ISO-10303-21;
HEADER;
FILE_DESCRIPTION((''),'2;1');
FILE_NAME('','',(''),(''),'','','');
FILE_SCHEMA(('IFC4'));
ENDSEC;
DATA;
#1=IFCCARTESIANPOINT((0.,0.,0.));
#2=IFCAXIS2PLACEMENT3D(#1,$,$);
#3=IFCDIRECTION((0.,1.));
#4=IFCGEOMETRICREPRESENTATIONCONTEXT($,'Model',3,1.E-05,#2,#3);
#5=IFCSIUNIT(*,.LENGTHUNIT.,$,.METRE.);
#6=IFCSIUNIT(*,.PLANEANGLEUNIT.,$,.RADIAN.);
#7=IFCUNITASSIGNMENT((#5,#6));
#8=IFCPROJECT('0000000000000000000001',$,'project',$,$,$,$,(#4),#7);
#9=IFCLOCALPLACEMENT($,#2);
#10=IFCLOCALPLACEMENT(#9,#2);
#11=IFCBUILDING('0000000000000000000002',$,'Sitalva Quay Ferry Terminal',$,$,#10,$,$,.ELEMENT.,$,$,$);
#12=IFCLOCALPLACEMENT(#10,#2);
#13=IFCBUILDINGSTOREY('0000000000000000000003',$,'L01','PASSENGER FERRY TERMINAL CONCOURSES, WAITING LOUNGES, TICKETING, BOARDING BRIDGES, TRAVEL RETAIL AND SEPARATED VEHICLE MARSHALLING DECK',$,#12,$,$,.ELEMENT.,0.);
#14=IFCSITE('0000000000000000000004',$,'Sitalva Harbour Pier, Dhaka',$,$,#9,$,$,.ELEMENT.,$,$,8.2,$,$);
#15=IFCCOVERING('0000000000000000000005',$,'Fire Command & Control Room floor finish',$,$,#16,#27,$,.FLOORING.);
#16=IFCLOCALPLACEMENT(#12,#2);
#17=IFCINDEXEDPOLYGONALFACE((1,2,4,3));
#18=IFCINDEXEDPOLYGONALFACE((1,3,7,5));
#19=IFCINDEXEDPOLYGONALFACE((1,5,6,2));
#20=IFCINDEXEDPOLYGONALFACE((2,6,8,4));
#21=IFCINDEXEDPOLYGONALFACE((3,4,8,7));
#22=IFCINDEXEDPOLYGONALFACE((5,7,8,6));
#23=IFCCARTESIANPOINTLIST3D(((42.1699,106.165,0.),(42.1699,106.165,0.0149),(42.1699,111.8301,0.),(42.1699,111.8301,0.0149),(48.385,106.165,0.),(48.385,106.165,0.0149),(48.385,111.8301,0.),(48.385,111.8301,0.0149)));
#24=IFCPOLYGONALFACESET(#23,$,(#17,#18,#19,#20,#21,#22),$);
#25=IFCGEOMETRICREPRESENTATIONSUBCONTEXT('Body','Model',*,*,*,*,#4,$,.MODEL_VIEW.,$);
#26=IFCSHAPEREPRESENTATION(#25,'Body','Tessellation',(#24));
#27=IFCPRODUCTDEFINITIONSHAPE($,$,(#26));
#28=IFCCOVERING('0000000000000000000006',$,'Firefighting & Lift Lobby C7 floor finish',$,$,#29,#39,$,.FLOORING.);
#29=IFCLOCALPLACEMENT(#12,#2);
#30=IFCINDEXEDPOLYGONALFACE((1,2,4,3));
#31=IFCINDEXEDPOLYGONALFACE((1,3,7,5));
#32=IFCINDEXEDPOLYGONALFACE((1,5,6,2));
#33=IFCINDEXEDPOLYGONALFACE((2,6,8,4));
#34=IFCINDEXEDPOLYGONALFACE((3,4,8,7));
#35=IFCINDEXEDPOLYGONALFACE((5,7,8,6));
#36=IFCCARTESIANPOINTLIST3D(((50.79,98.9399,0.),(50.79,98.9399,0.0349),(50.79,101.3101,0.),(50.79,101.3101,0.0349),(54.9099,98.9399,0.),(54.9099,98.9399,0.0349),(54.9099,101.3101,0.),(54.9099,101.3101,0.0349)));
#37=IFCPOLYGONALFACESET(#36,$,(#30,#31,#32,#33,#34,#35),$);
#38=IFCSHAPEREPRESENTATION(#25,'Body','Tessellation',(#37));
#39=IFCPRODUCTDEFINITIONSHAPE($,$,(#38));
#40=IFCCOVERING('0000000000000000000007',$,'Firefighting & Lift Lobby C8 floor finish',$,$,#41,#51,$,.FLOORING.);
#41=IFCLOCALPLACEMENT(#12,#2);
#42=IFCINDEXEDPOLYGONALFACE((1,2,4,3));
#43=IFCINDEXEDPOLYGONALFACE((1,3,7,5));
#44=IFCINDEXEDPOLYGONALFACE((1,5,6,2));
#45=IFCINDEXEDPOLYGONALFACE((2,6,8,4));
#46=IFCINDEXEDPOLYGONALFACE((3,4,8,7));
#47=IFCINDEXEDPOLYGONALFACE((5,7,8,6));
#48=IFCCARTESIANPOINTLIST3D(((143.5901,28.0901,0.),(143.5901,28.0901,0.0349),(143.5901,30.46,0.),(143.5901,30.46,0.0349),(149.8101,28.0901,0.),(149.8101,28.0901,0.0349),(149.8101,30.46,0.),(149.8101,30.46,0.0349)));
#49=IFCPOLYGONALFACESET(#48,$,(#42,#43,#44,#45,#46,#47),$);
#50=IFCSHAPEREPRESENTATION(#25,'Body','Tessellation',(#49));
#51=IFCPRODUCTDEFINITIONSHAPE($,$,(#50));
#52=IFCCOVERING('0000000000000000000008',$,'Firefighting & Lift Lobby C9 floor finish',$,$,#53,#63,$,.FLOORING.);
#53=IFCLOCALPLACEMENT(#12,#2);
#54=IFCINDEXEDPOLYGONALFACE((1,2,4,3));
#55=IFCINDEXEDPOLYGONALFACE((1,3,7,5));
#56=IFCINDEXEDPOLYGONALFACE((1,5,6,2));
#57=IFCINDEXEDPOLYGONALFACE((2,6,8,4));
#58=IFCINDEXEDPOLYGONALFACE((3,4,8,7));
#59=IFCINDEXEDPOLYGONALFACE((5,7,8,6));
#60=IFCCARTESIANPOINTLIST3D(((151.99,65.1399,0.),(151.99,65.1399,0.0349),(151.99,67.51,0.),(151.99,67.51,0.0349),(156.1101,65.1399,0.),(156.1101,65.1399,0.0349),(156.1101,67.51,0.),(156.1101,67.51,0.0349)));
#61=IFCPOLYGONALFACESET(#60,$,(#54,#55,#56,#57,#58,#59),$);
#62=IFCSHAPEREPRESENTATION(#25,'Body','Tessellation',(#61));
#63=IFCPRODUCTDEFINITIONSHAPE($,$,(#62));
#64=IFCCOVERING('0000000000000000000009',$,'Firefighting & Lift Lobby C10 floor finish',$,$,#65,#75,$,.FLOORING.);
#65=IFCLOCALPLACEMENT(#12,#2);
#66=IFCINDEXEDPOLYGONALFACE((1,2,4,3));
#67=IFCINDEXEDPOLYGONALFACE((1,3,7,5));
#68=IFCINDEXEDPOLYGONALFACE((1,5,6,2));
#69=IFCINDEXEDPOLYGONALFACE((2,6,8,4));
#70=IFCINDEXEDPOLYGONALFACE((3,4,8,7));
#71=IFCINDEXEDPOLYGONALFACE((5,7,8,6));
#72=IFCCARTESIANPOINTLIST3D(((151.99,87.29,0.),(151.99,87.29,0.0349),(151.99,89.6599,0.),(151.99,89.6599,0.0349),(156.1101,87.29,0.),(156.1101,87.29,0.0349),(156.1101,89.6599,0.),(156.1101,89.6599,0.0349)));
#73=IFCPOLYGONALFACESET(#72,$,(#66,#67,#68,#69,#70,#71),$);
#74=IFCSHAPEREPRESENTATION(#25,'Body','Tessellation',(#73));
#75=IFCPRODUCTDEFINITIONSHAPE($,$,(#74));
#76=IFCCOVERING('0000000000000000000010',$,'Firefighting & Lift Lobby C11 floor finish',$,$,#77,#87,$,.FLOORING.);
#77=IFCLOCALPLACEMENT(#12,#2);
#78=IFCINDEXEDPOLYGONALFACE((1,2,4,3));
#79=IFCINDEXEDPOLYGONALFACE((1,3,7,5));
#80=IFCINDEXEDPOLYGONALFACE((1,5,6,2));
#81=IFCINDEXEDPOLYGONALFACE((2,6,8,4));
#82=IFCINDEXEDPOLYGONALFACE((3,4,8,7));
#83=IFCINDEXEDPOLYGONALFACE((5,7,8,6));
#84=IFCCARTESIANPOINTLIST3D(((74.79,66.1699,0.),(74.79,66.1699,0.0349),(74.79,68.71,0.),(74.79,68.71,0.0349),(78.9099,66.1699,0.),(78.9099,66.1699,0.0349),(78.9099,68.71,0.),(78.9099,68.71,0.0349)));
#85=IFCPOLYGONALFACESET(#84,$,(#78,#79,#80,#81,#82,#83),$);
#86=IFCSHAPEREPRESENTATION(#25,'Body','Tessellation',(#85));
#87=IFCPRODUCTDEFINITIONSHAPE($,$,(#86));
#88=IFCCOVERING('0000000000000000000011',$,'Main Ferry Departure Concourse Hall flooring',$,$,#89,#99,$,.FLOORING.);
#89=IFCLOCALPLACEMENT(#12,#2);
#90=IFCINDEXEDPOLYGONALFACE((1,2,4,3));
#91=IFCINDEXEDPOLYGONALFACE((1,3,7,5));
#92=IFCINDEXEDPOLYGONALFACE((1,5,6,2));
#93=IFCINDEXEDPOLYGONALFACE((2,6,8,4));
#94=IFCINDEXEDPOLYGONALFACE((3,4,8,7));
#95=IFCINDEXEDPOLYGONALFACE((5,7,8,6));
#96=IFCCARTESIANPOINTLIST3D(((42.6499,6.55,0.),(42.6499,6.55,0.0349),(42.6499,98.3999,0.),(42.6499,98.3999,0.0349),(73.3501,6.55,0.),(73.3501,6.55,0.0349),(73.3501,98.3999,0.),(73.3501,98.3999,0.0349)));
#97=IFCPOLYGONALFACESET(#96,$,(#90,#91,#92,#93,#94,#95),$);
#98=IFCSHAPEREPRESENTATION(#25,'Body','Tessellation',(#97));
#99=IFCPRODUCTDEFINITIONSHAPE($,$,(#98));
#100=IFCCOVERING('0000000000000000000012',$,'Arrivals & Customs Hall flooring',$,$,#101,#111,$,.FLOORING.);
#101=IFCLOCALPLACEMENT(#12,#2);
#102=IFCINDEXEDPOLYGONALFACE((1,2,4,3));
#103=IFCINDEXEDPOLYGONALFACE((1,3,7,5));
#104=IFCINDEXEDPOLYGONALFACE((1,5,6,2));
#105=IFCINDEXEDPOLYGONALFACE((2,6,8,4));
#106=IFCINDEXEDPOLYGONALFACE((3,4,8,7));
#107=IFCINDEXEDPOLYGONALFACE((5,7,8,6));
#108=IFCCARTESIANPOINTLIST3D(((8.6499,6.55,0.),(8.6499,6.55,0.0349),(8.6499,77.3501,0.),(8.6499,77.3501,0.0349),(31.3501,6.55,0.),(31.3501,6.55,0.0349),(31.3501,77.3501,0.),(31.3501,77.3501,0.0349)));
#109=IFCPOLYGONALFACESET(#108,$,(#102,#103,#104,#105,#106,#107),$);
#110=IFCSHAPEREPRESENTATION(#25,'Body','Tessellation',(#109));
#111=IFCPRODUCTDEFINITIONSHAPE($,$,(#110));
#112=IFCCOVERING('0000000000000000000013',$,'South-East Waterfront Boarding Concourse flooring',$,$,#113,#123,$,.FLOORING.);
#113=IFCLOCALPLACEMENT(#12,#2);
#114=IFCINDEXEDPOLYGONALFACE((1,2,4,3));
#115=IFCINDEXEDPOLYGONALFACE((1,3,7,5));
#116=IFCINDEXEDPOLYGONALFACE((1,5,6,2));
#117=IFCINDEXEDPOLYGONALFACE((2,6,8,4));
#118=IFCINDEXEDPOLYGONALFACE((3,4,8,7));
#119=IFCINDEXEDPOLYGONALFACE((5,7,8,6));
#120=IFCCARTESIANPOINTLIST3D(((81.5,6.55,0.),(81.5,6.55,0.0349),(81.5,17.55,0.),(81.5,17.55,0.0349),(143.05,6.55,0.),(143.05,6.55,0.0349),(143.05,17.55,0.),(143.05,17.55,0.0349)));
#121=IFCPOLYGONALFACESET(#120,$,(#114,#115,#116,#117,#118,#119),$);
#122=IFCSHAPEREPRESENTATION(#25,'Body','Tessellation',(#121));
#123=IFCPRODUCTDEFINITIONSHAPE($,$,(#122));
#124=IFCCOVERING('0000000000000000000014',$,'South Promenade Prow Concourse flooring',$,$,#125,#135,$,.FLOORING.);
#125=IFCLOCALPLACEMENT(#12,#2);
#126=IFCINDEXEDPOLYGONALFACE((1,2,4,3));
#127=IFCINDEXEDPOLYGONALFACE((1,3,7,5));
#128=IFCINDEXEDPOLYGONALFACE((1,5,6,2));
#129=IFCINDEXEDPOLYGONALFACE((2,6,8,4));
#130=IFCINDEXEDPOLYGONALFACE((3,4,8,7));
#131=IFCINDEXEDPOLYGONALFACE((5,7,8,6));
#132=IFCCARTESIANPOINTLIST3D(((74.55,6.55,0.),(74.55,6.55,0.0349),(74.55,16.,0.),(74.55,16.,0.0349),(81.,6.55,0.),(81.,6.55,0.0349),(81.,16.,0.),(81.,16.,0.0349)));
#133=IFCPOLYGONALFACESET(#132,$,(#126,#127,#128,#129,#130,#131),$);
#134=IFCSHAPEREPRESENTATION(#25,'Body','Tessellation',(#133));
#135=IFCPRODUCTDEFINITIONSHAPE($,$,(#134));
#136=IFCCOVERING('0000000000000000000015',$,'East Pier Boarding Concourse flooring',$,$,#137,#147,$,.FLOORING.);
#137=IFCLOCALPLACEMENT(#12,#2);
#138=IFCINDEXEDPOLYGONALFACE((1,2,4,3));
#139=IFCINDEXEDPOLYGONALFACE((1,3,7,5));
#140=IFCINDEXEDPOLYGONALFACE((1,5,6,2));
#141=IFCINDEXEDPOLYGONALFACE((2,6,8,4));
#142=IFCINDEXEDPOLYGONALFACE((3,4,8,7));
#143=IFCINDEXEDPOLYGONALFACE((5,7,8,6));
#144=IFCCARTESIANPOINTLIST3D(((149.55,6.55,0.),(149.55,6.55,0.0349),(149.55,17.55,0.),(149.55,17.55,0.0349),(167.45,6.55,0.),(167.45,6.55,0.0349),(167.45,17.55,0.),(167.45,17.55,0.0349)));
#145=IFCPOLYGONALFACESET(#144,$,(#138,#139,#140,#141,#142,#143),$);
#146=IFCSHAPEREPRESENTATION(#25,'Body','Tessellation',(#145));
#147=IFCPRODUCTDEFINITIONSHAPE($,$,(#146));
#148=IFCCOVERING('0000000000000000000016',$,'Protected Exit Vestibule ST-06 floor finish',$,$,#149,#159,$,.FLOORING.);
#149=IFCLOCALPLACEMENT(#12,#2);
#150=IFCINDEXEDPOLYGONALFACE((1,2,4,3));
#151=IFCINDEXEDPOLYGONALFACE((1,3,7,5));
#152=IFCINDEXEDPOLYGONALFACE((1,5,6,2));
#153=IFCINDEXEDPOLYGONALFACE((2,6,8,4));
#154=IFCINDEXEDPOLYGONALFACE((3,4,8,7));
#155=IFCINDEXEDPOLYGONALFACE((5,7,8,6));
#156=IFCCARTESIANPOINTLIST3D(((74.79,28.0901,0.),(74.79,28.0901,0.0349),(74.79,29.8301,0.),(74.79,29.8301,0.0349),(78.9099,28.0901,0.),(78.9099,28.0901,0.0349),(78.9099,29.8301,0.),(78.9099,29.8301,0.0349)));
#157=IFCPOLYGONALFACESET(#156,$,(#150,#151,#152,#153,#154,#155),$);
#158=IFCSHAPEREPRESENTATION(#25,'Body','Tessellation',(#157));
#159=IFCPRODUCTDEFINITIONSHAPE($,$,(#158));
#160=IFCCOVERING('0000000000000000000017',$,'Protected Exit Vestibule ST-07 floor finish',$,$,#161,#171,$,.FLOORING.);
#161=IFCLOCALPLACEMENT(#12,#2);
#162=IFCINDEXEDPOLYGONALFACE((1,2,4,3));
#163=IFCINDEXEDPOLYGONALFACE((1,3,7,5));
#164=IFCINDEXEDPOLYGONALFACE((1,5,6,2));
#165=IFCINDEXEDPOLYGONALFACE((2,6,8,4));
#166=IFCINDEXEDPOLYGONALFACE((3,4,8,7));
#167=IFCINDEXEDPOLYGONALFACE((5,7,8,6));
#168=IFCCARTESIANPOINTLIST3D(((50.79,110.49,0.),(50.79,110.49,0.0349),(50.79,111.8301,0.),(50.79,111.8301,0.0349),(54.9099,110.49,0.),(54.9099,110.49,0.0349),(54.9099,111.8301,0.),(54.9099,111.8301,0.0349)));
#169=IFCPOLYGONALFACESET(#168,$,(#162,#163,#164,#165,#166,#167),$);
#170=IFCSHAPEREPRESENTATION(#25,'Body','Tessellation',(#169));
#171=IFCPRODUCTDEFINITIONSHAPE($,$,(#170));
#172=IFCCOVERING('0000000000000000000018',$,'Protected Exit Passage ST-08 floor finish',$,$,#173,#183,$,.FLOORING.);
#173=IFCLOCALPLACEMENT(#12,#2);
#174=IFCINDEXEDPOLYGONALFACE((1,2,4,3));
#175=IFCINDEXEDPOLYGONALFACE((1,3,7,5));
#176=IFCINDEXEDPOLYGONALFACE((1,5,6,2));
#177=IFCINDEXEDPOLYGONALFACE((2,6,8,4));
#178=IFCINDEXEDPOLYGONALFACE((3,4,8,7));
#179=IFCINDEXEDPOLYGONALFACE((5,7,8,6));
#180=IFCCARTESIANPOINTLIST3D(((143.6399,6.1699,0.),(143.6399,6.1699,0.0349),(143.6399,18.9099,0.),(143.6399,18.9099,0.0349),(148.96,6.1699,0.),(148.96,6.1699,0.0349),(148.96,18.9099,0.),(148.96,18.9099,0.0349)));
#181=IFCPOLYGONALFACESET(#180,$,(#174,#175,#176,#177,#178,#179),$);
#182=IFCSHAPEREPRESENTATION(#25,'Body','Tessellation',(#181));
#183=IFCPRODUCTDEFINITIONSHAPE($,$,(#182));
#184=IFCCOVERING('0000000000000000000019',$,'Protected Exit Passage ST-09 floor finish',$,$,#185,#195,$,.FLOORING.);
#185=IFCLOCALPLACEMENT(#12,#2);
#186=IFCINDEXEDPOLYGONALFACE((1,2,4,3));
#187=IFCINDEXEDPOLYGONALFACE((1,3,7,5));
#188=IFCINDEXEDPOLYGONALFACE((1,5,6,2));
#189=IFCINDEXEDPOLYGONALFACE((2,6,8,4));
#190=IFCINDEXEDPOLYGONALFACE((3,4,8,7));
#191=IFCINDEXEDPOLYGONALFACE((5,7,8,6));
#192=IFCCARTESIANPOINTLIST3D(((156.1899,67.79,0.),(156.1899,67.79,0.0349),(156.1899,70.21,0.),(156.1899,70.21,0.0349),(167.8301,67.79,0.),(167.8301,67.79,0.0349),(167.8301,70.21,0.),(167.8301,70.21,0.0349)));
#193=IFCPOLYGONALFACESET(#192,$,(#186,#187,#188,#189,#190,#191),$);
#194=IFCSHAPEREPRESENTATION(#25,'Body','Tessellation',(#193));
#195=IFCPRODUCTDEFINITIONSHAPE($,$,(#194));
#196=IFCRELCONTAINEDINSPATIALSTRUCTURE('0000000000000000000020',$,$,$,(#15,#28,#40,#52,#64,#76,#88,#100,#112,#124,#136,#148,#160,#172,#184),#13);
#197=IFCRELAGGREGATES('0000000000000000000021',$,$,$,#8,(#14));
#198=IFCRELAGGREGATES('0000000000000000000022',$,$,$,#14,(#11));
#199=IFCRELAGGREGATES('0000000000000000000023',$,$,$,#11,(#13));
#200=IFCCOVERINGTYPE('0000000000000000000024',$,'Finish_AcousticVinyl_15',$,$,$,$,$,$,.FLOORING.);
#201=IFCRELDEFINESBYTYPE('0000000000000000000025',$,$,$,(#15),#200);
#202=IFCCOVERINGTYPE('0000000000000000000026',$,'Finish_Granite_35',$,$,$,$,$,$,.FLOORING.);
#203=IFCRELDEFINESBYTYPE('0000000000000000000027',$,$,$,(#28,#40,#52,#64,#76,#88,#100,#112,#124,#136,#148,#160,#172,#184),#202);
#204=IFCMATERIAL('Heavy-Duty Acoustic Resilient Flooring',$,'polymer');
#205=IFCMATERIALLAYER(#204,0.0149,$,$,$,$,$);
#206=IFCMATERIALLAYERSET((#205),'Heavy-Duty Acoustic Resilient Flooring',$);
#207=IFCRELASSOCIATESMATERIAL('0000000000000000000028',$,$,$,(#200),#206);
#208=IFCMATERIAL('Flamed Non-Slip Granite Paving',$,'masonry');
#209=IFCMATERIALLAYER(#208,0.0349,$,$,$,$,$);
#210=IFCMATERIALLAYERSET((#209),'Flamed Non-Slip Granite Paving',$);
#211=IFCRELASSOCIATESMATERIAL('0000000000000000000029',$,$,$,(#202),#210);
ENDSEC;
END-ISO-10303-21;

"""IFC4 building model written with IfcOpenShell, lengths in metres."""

from ifc_helpers import new_model, si_unit, direction, origin, place, context, subcontext, project, spatial, polyline, outline, extrude, material, layer, layer_set, type_object, element, save


model = new_model("IFC4")

# Units and contexts
model_context = context("Model", 3, precision=1e-05, world=origin(), true_north=direction((0.0, 1.0)))
body_context = subcontext(model_context, "Body", "Model", "MODEL_VIEW")
ifc_project = project(units=[si_unit("LENGTHUNIT", "METRE"), si_unit("PLANEANGLEUNIT", "RADIAN")], contexts=[model_context])

# Site, building, storey
site_placement = place(None, origin())
site = spatial("IfcSite", under=ifc_project, at=site_placement, Name="Sitalva Harbour Pier, Dhaka", CompositionType="ELEMENT", RefElevation=8.2)
building_placement = place(site_placement, origin())
building = spatial("IfcBuilding", under=site, at=building_placement, Name="Sitalva Quay Ferry Terminal", CompositionType="ELEMENT")
storey_placement = place(building_placement, origin())
storey = spatial("IfcBuildingStorey", under=building, at=storey_placement, Name="L01", Description="PASSENGER FERRY TERMINAL CONCOURSES, WAITING LOUNGES, TICKETING, BOARDING BRIDGES, TRAVEL RETAIL AND SEPARATED VEHICLE MARSHALLING DECK", CompositionType="ELEMENT", Elevation=0.0)

# Coverings
ifc_material_1 = material(Name="Heavy-Duty Acoustic Resilient Flooring", Category="polymer")
ifc_layer_1 = layer(ifc_material_1, 0.0149)
ifc_layer_set_1 = layer_set([ifc_layer_1], Name="Heavy-Duty Acoustic Resilient Flooring")
covering_type_1 = type_object("IfcCoveringType", Name="Finish_AcousticVinyl_15", PredefinedType="FLOORING", material=ifc_layer_set_1)
covering_1_placement = place(storey_placement, origin())
element("IfcCovering", 1, at=covering_1_placement, inside=storey, type_object=covering_type_1, Name="Fire Command & Control Room floor finish", PredefinedType="FLOORING", context=body_context, shape_type="SweptSolid", body=[
    extrude(outline(polyline([(42.1699, 106.165), (48.385, 106.165), (48.385, 111.8301), (42.1699, 111.8301), (42.1699, 106.165)])), origin(), (0.0, 0.0, 1.0), 0.0149),
])
ifc_material_2 = material(Name="Flamed Non-Slip Granite Paving", Category="masonry")
ifc_layer_2 = layer(ifc_material_2, 0.0349)
ifc_layer_set_2 = layer_set([ifc_layer_2], Name="Flamed Non-Slip Granite Paving")
covering_type_2 = type_object("IfcCoveringType", Name="Finish_Granite_35", PredefinedType="FLOORING", material=ifc_layer_set_2)
covering_2_placement = place(storey_placement, origin())
element("IfcCovering", 2, at=covering_2_placement, inside=storey, type_object=covering_type_2, Name="Firefighting & Lift Lobby C7 floor finish", PredefinedType="FLOORING", context=body_context, shape_type="SweptSolid", body=[
    extrude(outline(polyline([(50.79, 98.9399), (54.9099, 98.9399), (54.9099, 101.3101), (50.79, 101.3101), (50.79, 98.9399)])), origin(), (0.0, 0.0, 1.0), 0.0349),
])
covering_3_placement = place(storey_placement, origin())
element("IfcCovering", 3, at=covering_3_placement, inside=storey, type_object=covering_type_2, Name="Firefighting & Lift Lobby C8 floor finish", PredefinedType="FLOORING", context=body_context, shape_type="SweptSolid", body=[
    extrude(outline(polyline([(143.5901, 28.0901), (149.8101, 28.0901), (149.8101, 30.46), (143.5901, 30.46), (143.5901, 28.0901)])), origin(), (0.0, 0.0, 1.0), 0.0349),
])
covering_4_placement = place(storey_placement, origin())
element("IfcCovering", 4, at=covering_4_placement, inside=storey, type_object=covering_type_2, Name="Firefighting & Lift Lobby C9 floor finish", PredefinedType="FLOORING", context=body_context, shape_type="SweptSolid", body=[
    extrude(outline(polyline([(151.99, 65.1399), (156.1101, 65.1399), (156.1101, 67.51), (151.99, 67.51), (151.99, 65.1399)])), origin(), (0.0, 0.0, 1.0), 0.0349),
])
covering_5_placement = place(storey_placement, origin())
element("IfcCovering", 5, at=covering_5_placement, inside=storey, type_object=covering_type_2, Name="Firefighting & Lift Lobby C10 floor finish", PredefinedType="FLOORING", context=body_context, shape_type="SweptSolid", body=[
    extrude(outline(polyline([(151.99, 87.29), (156.1101, 87.29), (156.1101, 89.6599), (151.99, 89.6599), (151.99, 87.29)])), origin(), (0.0, 0.0, 1.0), 0.0349),
])
covering_6_placement = place(storey_placement, origin())
element("IfcCovering", 6, at=covering_6_placement, inside=storey, type_object=covering_type_2, Name="Firefighting & Lift Lobby C11 floor finish", PredefinedType="FLOORING", context=body_context, shape_type="SweptSolid", body=[
    extrude(outline(polyline([(74.79, 66.1699), (78.9099, 66.1699), (78.9099, 68.71), (74.79, 68.71), (74.79, 66.1699)])), origin(), (0.0, 0.0, 1.0), 0.0349),
])
covering_7_placement = place(storey_placement, origin())
element("IfcCovering", 7, at=covering_7_placement, inside=storey, type_object=covering_type_2, Name="Main Ferry Departure Concourse Hall flooring", PredefinedType="FLOORING", context=body_context, shape_type="SweptSolid", body=[
    extrude(outline(polyline([(42.6499, 6.55), (73.3501, 6.55), (73.3501, 98.3999), (42.6499, 98.3999), (42.6499, 6.55)])), origin(), (0.0, 0.0, 1.0), 0.0349),
])
covering_8_placement = place(storey_placement, origin())
element("IfcCovering", 8, at=covering_8_placement, inside=storey, type_object=covering_type_2, Name="Arrivals & Customs Hall flooring", PredefinedType="FLOORING", context=body_context, shape_type="SweptSolid", body=[
    extrude(outline(polyline([(8.6499, 6.55), (31.3501, 6.55), (31.3501, 77.3501), (8.6499, 77.3501), (8.6499, 6.55)])), origin(), (0.0, 0.0, 1.0), 0.0349),
])
covering_9_placement = place(storey_placement, origin())
element("IfcCovering", 9, at=covering_9_placement, inside=storey, type_object=covering_type_2, Name="South-East Waterfront Boarding Concourse flooring", PredefinedType="FLOORING", context=body_context, shape_type="SweptSolid", body=[
    extrude(outline(polyline([(81.5, 6.55), (143.05, 6.55), (143.05, 17.55), (81.5, 17.55), (81.5, 6.55)])), origin(), (0.0, 0.0, 1.0), 0.0349),
])
covering_10_placement = place(storey_placement, origin())
element("IfcCovering", 10, at=covering_10_placement, inside=storey, type_object=covering_type_2, Name="South Promenade Prow Concourse flooring", PredefinedType="FLOORING", context=body_context, shape_type="SweptSolid", body=[
    extrude(outline(polyline([(74.55, 6.55), (81.0, 6.55), (81.0, 16.0), (74.55, 16.0), (74.55, 6.55)])), origin(), (0.0, 0.0, 1.0), 0.0349),
])
covering_11_placement = place(storey_placement, origin())
element("IfcCovering", 11, at=covering_11_placement, inside=storey, type_object=covering_type_2, Name="East Pier Boarding Concourse flooring", PredefinedType="FLOORING", context=body_context, shape_type="SweptSolid", body=[
    extrude(outline(polyline([(149.55, 6.55), (167.45, 6.55), (167.45, 17.55), (149.55, 17.55), (149.55, 6.55)])), origin(), (0.0, 0.0, 1.0), 0.0349),
])
covering_12_placement = place(storey_placement, origin())
element("IfcCovering", 12, at=covering_12_placement, inside=storey, type_object=covering_type_2, Name="Protected Exit Vestibule ST-06 floor finish", PredefinedType="FLOORING", context=body_context, shape_type="SweptSolid", body=[
    extrude(outline(polyline([(74.79, 28.0901), (78.9099, 28.0901), (78.9099, 29.8301), (74.79, 29.8301), (74.79, 28.0901)])), origin(), (0.0, 0.0, 1.0), 0.0349),
])
covering_13_placement = place(storey_placement, origin())
element("IfcCovering", 13, at=covering_13_placement, inside=storey, type_object=covering_type_2, Name="Protected Exit Vestibule ST-07 floor finish", PredefinedType="FLOORING", context=body_context, shape_type="SweptSolid", body=[
    extrude(outline(polyline([(50.79, 110.49), (54.9099, 110.49), (54.9099, 111.8301), (50.79, 111.8301), (50.79, 110.49)])), origin(), (0.0, 0.0, 1.0), 0.0349),
])
covering_14_placement = place(storey_placement, origin())
element("IfcCovering", 14, at=covering_14_placement, inside=storey, type_object=covering_type_2, Name="Protected Exit Passage ST-08 floor finish", PredefinedType="FLOORING", context=body_context, shape_type="SweptSolid", body=[
    extrude(outline(polyline([(143.6399, 6.1699), (148.96, 6.1699), (148.96, 18.9099), (143.6399, 18.9099), (143.6399, 6.1699)])), origin(), (0.0, 0.0, 1.0), 0.0349),
])
covering_15_placement = place(storey_placement, origin())
element("IfcCovering", 15, at=covering_15_placement, inside=storey, type_object=covering_type_2, Name="Protected Exit Passage ST-09 floor finish", PredefinedType="FLOORING", context=body_context, shape_type="SweptSolid", body=[
    extrude(outline(polyline([(156.1899, 67.79), (167.8301, 67.79), (167.8301, 70.21), (156.1899, 70.21), (156.1899, 67.79)])), origin(), (0.0, 0.0, 1.0), 0.0349),
])

save(model, "model.ifc")
